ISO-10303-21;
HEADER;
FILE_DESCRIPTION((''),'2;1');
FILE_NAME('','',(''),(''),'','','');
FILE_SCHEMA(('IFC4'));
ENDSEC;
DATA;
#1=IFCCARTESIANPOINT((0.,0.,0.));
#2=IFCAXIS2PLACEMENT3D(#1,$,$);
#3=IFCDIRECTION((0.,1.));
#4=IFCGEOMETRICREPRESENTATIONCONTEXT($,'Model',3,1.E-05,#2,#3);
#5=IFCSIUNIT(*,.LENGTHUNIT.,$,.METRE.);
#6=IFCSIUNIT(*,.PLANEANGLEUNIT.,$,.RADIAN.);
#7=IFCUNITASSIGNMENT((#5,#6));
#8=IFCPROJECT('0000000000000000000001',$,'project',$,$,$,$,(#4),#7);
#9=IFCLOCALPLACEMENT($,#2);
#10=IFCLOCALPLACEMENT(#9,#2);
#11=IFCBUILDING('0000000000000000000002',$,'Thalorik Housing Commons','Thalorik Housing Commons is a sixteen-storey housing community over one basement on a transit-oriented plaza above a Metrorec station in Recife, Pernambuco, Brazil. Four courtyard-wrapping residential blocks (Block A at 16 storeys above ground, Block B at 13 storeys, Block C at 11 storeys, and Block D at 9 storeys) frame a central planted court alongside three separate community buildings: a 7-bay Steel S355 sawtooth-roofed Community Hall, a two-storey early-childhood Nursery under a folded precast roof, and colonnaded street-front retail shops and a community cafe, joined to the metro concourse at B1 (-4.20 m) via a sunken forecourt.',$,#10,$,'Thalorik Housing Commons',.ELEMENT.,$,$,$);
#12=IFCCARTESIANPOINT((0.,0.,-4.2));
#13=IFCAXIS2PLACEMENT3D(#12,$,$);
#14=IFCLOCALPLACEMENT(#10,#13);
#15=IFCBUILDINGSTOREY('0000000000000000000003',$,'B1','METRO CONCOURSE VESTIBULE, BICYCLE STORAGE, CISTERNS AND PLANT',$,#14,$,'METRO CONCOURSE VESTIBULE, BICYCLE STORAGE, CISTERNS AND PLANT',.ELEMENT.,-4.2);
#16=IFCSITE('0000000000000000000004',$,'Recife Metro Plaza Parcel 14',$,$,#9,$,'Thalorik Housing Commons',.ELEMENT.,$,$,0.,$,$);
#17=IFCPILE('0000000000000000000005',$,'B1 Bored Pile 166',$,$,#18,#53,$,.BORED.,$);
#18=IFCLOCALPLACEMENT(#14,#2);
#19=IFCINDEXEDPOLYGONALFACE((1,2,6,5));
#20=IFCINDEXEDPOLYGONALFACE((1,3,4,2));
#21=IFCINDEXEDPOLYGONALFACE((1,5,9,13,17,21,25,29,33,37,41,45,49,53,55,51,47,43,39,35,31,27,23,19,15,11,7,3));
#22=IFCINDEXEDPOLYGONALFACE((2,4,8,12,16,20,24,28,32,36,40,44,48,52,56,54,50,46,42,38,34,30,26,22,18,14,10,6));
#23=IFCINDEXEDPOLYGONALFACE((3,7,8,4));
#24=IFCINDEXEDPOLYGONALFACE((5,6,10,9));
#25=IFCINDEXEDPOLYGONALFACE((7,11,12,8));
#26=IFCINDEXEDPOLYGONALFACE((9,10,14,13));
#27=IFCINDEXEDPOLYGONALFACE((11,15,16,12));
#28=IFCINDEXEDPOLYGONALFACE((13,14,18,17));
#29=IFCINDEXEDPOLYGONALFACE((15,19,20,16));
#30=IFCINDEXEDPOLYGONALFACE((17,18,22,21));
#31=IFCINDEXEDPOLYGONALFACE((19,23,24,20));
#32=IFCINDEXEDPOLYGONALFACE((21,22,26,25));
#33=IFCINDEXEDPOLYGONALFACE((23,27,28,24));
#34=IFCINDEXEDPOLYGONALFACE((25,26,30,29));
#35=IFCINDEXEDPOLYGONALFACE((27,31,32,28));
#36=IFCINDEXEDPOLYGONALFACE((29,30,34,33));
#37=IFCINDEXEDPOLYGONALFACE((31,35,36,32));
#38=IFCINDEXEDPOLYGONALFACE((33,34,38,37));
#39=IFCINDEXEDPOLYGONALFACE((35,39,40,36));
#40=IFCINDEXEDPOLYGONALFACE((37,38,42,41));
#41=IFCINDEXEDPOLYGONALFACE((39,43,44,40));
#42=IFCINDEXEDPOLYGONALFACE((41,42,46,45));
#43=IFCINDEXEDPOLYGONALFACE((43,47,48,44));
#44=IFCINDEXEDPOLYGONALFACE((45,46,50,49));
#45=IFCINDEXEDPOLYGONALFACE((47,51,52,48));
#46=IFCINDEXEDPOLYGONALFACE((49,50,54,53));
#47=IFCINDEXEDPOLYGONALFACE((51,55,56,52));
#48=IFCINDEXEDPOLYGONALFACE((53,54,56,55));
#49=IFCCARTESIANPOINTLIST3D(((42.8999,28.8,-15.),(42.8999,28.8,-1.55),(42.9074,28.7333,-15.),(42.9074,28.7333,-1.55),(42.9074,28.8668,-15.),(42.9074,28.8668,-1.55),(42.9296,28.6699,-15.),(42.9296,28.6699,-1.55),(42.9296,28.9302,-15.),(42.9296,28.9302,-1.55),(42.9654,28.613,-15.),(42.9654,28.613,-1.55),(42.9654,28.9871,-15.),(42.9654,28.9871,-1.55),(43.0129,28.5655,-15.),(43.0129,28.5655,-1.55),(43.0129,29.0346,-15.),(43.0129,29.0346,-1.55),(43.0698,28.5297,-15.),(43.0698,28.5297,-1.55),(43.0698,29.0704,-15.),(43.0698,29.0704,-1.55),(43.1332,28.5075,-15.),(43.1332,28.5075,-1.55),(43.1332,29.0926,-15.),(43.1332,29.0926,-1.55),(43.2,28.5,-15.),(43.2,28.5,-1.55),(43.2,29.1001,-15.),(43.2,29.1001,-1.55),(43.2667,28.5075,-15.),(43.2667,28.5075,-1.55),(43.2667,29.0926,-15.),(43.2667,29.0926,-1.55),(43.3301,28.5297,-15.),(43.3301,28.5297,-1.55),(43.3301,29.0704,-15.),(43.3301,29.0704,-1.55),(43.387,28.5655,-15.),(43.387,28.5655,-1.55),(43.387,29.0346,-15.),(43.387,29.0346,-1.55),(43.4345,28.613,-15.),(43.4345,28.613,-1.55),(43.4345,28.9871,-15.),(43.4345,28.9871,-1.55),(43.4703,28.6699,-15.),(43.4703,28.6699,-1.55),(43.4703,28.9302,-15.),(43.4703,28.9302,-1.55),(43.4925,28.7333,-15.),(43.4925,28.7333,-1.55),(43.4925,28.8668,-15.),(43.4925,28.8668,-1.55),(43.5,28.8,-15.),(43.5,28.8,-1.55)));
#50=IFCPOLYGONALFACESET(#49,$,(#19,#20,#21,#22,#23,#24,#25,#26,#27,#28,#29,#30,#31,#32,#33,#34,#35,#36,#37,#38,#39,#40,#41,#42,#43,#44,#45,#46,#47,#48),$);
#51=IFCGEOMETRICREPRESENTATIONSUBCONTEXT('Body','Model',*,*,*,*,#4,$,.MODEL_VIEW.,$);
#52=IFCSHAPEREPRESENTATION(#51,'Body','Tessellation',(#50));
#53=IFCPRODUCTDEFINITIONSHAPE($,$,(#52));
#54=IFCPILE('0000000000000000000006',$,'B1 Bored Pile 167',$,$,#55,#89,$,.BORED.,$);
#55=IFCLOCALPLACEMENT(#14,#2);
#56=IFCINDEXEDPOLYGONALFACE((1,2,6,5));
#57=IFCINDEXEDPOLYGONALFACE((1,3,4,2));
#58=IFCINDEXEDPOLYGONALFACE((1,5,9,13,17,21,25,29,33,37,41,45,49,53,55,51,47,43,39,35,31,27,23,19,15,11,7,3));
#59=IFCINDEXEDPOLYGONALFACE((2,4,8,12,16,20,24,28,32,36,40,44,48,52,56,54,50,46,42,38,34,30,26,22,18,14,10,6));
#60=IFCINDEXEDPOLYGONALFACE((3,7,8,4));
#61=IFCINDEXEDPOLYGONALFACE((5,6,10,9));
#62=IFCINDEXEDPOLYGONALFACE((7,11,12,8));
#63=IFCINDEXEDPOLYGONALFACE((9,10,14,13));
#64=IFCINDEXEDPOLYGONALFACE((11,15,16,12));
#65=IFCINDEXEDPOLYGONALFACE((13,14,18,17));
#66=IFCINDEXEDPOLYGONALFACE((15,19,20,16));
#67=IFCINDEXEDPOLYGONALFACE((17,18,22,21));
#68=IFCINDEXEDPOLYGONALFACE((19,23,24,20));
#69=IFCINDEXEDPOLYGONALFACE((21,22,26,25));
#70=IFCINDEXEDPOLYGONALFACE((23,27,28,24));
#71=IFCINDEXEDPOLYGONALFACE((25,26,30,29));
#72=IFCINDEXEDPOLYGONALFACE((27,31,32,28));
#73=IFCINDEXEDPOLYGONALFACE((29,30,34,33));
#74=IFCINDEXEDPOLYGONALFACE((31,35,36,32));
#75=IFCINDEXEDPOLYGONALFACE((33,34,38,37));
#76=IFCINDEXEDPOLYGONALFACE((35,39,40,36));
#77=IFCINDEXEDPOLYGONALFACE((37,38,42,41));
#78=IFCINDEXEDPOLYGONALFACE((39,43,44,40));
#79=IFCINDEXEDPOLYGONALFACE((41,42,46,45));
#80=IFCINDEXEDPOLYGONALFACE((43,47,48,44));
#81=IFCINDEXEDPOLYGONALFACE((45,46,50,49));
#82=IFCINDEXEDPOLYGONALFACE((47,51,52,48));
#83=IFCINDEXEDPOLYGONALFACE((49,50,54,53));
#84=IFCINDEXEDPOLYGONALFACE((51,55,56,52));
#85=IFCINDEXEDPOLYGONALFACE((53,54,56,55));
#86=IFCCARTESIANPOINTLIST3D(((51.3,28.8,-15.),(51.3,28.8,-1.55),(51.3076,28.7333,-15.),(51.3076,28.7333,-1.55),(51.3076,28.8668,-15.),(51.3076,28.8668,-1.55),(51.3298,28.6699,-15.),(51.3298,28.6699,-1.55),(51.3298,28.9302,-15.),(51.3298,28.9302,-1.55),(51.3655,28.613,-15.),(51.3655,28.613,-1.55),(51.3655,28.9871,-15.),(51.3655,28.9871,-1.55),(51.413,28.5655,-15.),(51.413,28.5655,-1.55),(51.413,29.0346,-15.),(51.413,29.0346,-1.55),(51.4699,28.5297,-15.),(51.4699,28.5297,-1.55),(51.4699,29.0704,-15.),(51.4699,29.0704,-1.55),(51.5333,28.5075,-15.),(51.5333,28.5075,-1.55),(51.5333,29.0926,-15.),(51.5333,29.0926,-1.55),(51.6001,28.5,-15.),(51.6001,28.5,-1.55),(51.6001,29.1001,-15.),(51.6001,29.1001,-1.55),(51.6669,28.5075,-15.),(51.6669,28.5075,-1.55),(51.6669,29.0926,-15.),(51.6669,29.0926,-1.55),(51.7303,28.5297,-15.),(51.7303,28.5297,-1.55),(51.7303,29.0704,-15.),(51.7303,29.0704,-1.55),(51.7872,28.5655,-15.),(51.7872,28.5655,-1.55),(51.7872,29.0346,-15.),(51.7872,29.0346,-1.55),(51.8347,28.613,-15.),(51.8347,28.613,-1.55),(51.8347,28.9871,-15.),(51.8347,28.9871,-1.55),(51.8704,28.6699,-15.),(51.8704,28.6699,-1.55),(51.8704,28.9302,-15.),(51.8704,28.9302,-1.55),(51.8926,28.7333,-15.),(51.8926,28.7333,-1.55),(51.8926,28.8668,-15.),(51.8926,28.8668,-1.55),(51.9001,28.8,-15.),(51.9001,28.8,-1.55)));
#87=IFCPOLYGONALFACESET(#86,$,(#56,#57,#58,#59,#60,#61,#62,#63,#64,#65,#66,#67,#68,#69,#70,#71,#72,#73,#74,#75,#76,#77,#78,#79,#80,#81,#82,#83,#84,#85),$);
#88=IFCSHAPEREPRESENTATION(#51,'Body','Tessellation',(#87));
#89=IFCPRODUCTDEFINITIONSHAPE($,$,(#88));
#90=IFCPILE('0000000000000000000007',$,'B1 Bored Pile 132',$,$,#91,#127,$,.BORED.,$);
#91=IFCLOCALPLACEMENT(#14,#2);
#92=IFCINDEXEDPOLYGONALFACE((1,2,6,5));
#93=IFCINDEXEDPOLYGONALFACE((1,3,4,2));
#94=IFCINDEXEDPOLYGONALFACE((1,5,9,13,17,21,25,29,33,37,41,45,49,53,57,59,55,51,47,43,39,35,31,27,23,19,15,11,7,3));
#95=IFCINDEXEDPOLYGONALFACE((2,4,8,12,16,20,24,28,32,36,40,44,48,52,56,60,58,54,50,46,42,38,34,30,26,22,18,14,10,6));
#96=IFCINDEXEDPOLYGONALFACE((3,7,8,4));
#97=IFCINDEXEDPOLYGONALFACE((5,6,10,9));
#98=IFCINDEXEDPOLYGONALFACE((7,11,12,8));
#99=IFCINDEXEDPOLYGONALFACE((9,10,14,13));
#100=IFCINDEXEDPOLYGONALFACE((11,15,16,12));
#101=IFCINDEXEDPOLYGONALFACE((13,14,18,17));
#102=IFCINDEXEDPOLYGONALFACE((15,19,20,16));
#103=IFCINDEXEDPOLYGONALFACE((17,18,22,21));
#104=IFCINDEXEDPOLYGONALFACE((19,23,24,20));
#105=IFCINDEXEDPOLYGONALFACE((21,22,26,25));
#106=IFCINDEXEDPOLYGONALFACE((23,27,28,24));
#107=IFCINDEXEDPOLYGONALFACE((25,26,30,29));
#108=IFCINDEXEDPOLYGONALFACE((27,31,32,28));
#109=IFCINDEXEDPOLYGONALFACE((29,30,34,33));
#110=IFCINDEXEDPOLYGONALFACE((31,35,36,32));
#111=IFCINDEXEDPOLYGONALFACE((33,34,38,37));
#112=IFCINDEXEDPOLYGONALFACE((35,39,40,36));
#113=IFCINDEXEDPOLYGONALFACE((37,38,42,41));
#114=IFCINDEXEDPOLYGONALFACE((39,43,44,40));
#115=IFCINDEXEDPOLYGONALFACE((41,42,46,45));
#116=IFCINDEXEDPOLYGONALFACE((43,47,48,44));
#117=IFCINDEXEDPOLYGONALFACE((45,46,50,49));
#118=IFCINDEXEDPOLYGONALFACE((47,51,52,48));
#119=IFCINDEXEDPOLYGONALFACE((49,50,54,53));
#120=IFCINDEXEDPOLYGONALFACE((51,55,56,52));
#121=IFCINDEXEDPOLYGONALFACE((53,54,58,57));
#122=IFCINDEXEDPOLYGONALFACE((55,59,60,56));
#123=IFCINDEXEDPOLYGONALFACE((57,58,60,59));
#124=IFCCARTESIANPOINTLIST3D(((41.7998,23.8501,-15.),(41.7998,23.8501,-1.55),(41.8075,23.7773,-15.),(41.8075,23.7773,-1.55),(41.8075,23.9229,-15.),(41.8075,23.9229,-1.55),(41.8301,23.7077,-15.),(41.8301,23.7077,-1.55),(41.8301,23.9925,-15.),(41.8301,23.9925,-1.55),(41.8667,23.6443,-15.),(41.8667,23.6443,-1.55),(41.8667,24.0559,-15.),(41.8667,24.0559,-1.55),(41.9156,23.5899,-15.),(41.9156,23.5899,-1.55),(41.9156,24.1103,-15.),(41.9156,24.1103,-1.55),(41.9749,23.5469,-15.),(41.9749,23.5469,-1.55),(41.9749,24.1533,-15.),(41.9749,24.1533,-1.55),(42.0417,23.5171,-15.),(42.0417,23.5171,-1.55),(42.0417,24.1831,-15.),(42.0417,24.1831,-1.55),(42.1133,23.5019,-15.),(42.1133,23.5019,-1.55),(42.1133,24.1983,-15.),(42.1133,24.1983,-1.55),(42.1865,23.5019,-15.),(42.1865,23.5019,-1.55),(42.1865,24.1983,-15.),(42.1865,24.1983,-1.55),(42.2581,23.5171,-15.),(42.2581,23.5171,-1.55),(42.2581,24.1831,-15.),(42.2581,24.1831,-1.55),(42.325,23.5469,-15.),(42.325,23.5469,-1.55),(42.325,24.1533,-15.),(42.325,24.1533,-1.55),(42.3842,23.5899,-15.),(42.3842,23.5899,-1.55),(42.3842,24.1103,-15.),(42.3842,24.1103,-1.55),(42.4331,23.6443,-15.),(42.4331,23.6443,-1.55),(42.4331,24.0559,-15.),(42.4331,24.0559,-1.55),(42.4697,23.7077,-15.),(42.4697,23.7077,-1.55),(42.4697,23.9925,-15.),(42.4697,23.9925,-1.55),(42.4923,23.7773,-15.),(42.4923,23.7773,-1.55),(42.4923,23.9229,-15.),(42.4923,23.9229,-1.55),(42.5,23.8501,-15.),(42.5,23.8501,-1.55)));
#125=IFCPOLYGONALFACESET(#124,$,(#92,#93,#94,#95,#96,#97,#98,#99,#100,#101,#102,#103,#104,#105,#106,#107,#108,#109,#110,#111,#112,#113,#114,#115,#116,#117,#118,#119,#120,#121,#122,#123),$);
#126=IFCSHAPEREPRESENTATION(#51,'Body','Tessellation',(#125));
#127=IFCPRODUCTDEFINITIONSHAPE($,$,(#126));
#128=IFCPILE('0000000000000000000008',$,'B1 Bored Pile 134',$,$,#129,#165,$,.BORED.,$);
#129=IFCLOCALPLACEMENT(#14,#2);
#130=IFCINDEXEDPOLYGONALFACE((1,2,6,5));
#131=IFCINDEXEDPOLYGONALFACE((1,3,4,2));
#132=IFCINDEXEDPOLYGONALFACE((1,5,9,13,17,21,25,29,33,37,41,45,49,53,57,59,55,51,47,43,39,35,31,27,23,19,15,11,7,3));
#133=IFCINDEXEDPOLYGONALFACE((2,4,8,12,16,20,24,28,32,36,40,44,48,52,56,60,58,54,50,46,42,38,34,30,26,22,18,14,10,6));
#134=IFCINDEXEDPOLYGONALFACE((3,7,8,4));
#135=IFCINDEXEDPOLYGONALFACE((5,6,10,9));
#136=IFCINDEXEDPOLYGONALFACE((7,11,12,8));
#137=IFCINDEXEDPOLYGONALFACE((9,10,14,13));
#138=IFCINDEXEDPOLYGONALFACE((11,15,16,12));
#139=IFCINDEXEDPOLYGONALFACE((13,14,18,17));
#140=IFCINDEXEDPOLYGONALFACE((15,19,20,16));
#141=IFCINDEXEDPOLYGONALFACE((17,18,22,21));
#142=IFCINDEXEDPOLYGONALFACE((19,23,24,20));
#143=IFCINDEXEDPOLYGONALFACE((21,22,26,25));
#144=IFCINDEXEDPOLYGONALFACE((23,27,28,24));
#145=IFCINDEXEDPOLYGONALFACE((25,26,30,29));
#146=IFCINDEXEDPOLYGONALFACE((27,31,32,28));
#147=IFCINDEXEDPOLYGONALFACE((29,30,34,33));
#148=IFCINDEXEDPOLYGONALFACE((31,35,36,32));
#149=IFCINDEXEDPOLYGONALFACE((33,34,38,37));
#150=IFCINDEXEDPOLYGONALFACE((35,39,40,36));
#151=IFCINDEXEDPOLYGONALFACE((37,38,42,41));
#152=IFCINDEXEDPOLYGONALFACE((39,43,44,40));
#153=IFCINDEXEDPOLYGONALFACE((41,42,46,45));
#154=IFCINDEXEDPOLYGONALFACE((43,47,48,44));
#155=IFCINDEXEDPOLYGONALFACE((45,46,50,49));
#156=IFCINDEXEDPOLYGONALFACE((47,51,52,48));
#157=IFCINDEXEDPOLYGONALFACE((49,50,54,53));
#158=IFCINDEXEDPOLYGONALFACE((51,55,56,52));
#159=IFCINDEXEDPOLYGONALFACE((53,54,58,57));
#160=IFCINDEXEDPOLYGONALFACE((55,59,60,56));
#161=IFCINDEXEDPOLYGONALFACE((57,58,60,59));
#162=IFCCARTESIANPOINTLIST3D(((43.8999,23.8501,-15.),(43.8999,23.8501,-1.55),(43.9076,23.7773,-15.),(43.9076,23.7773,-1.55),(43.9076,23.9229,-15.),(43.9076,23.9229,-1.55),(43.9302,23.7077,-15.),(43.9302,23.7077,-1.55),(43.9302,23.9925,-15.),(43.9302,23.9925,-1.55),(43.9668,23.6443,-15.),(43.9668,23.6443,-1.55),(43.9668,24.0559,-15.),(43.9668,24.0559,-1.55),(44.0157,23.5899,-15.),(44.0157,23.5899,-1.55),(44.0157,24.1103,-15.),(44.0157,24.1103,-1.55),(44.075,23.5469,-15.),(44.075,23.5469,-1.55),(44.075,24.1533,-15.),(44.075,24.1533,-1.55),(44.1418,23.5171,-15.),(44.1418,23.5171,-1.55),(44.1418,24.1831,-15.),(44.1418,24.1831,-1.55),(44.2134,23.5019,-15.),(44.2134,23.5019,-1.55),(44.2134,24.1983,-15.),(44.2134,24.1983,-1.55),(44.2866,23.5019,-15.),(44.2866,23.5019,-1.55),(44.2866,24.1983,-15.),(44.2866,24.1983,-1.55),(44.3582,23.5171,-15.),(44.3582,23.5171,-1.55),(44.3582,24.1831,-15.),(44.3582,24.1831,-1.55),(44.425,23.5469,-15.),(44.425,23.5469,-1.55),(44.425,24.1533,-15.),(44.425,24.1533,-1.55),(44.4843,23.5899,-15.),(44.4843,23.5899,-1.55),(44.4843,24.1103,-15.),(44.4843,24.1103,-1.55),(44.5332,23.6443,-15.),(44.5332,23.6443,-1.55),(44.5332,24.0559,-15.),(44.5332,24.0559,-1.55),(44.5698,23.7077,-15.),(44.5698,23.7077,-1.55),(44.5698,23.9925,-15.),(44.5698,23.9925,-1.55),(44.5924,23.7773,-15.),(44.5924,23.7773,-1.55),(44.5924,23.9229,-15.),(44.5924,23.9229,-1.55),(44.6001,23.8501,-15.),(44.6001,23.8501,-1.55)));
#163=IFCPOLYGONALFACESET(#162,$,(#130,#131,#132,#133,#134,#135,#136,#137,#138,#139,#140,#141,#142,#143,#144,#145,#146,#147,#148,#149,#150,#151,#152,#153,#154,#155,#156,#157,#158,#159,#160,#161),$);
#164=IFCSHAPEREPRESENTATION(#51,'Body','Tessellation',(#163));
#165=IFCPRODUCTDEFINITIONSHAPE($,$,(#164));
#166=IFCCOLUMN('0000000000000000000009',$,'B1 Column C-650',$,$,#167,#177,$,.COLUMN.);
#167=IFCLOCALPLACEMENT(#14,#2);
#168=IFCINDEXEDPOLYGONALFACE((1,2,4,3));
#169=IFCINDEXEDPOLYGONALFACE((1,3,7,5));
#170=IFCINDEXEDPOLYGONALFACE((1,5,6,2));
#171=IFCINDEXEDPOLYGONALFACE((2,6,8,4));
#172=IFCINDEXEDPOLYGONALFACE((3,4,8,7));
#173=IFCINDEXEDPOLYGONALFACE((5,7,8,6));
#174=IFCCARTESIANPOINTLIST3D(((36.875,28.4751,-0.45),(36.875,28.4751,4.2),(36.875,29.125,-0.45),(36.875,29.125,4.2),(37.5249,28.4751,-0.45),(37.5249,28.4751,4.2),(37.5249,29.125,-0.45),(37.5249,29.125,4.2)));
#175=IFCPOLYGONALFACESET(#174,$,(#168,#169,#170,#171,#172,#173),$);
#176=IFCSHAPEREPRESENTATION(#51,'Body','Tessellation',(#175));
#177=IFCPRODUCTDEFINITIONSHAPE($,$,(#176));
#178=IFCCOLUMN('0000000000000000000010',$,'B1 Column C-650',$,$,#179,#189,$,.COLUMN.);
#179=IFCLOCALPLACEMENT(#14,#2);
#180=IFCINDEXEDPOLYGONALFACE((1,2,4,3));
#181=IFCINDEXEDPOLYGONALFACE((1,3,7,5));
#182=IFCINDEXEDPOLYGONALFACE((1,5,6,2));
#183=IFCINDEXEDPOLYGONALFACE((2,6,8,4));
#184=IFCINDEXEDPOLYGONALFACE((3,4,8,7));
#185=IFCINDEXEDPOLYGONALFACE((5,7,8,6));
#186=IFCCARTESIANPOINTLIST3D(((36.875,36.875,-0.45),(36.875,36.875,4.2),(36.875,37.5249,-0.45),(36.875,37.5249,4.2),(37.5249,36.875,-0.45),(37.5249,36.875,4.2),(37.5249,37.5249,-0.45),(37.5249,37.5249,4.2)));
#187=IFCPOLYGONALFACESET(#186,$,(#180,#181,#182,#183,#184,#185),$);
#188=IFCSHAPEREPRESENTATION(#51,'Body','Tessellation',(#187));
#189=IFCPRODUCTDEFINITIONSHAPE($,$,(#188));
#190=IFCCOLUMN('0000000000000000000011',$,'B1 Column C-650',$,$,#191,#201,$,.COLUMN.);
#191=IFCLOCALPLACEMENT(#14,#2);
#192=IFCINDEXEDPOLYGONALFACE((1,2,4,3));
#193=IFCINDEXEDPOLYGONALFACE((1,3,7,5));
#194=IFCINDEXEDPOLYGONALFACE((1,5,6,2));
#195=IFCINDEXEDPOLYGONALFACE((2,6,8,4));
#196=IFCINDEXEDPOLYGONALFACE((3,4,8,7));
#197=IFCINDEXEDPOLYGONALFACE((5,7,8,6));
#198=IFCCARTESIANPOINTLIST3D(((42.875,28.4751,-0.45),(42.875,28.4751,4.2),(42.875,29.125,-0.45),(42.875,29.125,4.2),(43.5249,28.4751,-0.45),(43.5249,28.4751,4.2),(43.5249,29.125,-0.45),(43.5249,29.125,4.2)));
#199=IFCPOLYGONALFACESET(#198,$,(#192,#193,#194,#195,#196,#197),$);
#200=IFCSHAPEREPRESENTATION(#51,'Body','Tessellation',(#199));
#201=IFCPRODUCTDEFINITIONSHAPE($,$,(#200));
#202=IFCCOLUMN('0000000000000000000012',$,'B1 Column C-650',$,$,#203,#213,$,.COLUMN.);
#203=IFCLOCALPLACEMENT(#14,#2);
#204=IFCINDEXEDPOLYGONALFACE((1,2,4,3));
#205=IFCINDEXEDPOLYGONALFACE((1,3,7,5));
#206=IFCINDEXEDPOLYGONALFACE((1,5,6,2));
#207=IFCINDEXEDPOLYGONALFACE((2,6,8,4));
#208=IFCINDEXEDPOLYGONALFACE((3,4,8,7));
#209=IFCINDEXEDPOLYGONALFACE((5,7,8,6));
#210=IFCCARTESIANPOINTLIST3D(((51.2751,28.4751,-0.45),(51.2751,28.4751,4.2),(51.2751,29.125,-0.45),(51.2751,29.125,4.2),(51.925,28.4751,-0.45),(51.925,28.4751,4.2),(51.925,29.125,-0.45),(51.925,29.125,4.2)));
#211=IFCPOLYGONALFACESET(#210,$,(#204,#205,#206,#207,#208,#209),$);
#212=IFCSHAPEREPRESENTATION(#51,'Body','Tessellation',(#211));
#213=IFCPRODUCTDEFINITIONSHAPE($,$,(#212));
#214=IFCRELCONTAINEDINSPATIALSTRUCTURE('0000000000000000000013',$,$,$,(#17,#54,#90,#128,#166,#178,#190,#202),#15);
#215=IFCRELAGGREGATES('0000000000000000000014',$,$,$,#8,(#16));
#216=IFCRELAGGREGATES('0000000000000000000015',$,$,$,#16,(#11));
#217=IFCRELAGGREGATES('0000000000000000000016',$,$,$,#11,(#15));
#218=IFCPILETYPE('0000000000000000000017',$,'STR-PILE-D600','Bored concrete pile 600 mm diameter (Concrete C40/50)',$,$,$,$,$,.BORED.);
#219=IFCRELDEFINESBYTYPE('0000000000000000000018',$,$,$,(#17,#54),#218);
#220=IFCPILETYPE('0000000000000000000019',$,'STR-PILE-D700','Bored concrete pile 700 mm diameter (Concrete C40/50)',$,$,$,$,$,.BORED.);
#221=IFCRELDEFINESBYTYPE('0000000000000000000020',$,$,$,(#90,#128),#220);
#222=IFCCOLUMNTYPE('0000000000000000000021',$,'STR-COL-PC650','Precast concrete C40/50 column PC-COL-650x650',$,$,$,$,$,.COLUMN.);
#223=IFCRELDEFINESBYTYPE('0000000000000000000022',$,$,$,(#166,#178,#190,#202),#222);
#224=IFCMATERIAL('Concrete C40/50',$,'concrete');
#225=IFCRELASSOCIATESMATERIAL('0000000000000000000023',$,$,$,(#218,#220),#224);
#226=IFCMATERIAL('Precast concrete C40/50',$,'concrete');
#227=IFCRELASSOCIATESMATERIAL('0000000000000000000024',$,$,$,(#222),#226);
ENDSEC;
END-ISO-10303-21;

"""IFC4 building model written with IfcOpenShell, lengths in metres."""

from ifc_helpers import new_model, si_unit, direction, frame, origin, origin_2d, place, context, subcontext, project, spatial, rectangle, circle, extrude, material, material_profile, profile_set, type_object, element, save


model = new_model("IFC4")

# Units and contexts
model_context = context("Model", 3, precision=1e-05, world=origin(), true_north=direction((0.0, 1.0)))
body_context = subcontext(model_context, "Body", "Model", "MODEL_VIEW")
ifc_project = project(units=[si_unit("LENGTHUNIT", "METRE"), si_unit("PLANEANGLEUNIT", "RADIAN")], contexts=[model_context])

# Site, building, storey
site_placement = place(None, origin())
site = spatial("IfcSite", under=ifc_project, at=site_placement, Name="Recife Metro Plaza Parcel 14", LongName="Thalorik Housing Commons", CompositionType="ELEMENT", RefElevation=0.0)
building_placement = place(site_placement, origin())
building = spatial("IfcBuilding", under=site, at=building_placement, Name="Thalorik Housing Commons", Description="Thalorik Housing Commons is a sixteen-storey housing community over one basement on a transit-oriented plaza above a Metrorec station in Recife, Pernambuco, Brazil. Four courtyard-wrapping residential blocks (Block A at 16 storeys above ground, Block B at 13 storeys, Block C at 11 storeys, and Block D at 9 storeys) frame a central planted court alongside three separate community buildings: a 7-bay Steel S355 sawtooth-roofed Community Hall, a two-storey early-childhood Nursery under a folded precast roof, and colonnaded street-front retail shops and a community cafe, joined to the metro concourse at B1 (-4.20 m) via a sunken forecourt.", LongName="Thalorik Housing Commons", CompositionType="ELEMENT")
storey_placement = place(building_placement, frame((0.0, 0.0, -4.2)))
storey = spatial("IfcBuildingStorey", under=building, at=storey_placement, Name="B1", Description="METRO CONCOURSE VESTIBULE, BICYCLE STORAGE, CISTERNS AND PLANT", LongName="METRO CONCOURSE VESTIBULE, BICYCLE STORAGE, CISTERNS AND PLANT", CompositionType="ELEMENT", Elevation=-4.2)

# Shared definitions
ifc_material_1 = material(Name="Concrete C40/50", Category="concrete")

# Piles
ifc_material_profile_1 = material_profile(ifc_material_1, circle(Radius=0.3, at=origin_2d()), Name="BORED PILE D600", Category="concrete")
ifc_profile_set_1 = profile_set([ifc_material_profile_1], Name="Concrete C40/50")
pile_type_1 = type_object("IfcPileType", Name="STR-PILE-D600", Description="Bored concrete pile 600 mm diameter (Concrete C40/50)", PredefinedType="BORED", material=ifc_profile_set_1)
for number, where, z_axis, x_axis, name in (
    (1, (43.2, 28.8, -1.55), (0.0, 0.0, -1.0), (1.0, 0.0, 0.0), "B1 Bored Pile 166"),
    (2, (51.6001, 28.8, -1.55), (0.0, 0.0, -1.0), (1.0, 0.0, 0.0), "B1 Bored Pile 167"),
):
    element("IfcPile", number, at=place(storey_placement, frame(where, z_axis=z_axis, x_axis=x_axis)), inside=storey, type_object=pile_type_1, Name=name, PredefinedType="BORED", context=body_context, shape_type="SweptSolid", body=[
        extrude(circle(Radius=0.3, at=origin_2d()), origin(), (0.0, 0.0, 1.0), 13.45),
    ])
ifc_material_profile_2 = material_profile(ifc_material_1, circle(Radius=0.3501, at=origin_2d()), Name="BORED PILE D700", Category="concrete")
ifc_profile_set_2 = profile_set([ifc_material_profile_2], Name="Concrete C40/50")
pile_type_2 = type_object("IfcPileType", Name="STR-PILE-D700", Description="Bored concrete pile 700 mm diameter (Concrete C40/50)", PredefinedType="BORED", material=ifc_profile_set_2)
for number, where, z_axis, x_axis, name in (
    (3, (42.1499, 23.8501, -1.55), (0.0, 0.0, -1.0), (1.0, 0.0, 0.0), "B1 Bored Pile 132"),
    (4, (44.25, 23.8501, -1.55), (0.0, 0.0, -1.0), (1.0, 0.0, 0.0), "B1 Bored Pile 134"),
):
    element("IfcPile", number, at=place(storey_placement, frame(where, z_axis=z_axis, x_axis=x_axis)), inside=storey, type_object=pile_type_2, Name=name, PredefinedType="BORED", context=body_context, shape_type="SweptSolid", body=[
        extrude(circle(Radius=0.3501, at=origin_2d()), origin(), (0.0, 0.0, 1.0), 13.45),
    ])

# Columns
ifc_material_2 = material(Name="Precast concrete C40/50", Category="concrete")
ifc_material_profile_3 = material_profile(ifc_material_2, rectangle(XDim=0.6499, YDim=0.6499, at=origin_2d()), Name="PC 650x650", Category="concrete")
ifc_profile_set_3 = profile_set([ifc_material_profile_3], Name="Precast concrete C40/50")
column_type = type_object("IfcColumnType", Name="STR-COL-PC650", Description="Precast concrete C40/50 column PC-COL-650x650", PredefinedType="COLUMN", material=ifc_profile_set_3)
for number, where, z_axis, x_axis, name in (
    (5, (37.2, 28.8, -0.45), (0.0, 0.0, 1.0), (1.0, 0.0, 0.0), "B1 Column C-650"),
    (6, (37.2, 37.2, -0.45), (0.0, 0.0, 1.0), (1.0, 0.0, 0.0), "B1 Column C-650"),
    (7, (43.2, 28.8, -0.45), (0.0, 0.0, 1.0), (1.0, 0.0, 0.0), "B1 Column C-650"),
    (8, (51.6001, 28.8, -0.45), (0.0, 0.0, 1.0), (1.0, 0.0, 0.0), "B1 Column C-650"),
):
    element("IfcColumn", number, at=place(storey_placement, frame(where, z_axis=z_axis, x_axis=x_axis)), inside=storey, type_object=column_type, Name=name, PredefinedType="COLUMN", context=body_context, shape_type="SweptSolid", body=[
        extrude(rectangle(XDim=0.6499, YDim=0.6499, at=origin_2d()), origin(), (0.0, 0.0, 1.0), 4.6499),
    ])

save(model, "model.ifc")
